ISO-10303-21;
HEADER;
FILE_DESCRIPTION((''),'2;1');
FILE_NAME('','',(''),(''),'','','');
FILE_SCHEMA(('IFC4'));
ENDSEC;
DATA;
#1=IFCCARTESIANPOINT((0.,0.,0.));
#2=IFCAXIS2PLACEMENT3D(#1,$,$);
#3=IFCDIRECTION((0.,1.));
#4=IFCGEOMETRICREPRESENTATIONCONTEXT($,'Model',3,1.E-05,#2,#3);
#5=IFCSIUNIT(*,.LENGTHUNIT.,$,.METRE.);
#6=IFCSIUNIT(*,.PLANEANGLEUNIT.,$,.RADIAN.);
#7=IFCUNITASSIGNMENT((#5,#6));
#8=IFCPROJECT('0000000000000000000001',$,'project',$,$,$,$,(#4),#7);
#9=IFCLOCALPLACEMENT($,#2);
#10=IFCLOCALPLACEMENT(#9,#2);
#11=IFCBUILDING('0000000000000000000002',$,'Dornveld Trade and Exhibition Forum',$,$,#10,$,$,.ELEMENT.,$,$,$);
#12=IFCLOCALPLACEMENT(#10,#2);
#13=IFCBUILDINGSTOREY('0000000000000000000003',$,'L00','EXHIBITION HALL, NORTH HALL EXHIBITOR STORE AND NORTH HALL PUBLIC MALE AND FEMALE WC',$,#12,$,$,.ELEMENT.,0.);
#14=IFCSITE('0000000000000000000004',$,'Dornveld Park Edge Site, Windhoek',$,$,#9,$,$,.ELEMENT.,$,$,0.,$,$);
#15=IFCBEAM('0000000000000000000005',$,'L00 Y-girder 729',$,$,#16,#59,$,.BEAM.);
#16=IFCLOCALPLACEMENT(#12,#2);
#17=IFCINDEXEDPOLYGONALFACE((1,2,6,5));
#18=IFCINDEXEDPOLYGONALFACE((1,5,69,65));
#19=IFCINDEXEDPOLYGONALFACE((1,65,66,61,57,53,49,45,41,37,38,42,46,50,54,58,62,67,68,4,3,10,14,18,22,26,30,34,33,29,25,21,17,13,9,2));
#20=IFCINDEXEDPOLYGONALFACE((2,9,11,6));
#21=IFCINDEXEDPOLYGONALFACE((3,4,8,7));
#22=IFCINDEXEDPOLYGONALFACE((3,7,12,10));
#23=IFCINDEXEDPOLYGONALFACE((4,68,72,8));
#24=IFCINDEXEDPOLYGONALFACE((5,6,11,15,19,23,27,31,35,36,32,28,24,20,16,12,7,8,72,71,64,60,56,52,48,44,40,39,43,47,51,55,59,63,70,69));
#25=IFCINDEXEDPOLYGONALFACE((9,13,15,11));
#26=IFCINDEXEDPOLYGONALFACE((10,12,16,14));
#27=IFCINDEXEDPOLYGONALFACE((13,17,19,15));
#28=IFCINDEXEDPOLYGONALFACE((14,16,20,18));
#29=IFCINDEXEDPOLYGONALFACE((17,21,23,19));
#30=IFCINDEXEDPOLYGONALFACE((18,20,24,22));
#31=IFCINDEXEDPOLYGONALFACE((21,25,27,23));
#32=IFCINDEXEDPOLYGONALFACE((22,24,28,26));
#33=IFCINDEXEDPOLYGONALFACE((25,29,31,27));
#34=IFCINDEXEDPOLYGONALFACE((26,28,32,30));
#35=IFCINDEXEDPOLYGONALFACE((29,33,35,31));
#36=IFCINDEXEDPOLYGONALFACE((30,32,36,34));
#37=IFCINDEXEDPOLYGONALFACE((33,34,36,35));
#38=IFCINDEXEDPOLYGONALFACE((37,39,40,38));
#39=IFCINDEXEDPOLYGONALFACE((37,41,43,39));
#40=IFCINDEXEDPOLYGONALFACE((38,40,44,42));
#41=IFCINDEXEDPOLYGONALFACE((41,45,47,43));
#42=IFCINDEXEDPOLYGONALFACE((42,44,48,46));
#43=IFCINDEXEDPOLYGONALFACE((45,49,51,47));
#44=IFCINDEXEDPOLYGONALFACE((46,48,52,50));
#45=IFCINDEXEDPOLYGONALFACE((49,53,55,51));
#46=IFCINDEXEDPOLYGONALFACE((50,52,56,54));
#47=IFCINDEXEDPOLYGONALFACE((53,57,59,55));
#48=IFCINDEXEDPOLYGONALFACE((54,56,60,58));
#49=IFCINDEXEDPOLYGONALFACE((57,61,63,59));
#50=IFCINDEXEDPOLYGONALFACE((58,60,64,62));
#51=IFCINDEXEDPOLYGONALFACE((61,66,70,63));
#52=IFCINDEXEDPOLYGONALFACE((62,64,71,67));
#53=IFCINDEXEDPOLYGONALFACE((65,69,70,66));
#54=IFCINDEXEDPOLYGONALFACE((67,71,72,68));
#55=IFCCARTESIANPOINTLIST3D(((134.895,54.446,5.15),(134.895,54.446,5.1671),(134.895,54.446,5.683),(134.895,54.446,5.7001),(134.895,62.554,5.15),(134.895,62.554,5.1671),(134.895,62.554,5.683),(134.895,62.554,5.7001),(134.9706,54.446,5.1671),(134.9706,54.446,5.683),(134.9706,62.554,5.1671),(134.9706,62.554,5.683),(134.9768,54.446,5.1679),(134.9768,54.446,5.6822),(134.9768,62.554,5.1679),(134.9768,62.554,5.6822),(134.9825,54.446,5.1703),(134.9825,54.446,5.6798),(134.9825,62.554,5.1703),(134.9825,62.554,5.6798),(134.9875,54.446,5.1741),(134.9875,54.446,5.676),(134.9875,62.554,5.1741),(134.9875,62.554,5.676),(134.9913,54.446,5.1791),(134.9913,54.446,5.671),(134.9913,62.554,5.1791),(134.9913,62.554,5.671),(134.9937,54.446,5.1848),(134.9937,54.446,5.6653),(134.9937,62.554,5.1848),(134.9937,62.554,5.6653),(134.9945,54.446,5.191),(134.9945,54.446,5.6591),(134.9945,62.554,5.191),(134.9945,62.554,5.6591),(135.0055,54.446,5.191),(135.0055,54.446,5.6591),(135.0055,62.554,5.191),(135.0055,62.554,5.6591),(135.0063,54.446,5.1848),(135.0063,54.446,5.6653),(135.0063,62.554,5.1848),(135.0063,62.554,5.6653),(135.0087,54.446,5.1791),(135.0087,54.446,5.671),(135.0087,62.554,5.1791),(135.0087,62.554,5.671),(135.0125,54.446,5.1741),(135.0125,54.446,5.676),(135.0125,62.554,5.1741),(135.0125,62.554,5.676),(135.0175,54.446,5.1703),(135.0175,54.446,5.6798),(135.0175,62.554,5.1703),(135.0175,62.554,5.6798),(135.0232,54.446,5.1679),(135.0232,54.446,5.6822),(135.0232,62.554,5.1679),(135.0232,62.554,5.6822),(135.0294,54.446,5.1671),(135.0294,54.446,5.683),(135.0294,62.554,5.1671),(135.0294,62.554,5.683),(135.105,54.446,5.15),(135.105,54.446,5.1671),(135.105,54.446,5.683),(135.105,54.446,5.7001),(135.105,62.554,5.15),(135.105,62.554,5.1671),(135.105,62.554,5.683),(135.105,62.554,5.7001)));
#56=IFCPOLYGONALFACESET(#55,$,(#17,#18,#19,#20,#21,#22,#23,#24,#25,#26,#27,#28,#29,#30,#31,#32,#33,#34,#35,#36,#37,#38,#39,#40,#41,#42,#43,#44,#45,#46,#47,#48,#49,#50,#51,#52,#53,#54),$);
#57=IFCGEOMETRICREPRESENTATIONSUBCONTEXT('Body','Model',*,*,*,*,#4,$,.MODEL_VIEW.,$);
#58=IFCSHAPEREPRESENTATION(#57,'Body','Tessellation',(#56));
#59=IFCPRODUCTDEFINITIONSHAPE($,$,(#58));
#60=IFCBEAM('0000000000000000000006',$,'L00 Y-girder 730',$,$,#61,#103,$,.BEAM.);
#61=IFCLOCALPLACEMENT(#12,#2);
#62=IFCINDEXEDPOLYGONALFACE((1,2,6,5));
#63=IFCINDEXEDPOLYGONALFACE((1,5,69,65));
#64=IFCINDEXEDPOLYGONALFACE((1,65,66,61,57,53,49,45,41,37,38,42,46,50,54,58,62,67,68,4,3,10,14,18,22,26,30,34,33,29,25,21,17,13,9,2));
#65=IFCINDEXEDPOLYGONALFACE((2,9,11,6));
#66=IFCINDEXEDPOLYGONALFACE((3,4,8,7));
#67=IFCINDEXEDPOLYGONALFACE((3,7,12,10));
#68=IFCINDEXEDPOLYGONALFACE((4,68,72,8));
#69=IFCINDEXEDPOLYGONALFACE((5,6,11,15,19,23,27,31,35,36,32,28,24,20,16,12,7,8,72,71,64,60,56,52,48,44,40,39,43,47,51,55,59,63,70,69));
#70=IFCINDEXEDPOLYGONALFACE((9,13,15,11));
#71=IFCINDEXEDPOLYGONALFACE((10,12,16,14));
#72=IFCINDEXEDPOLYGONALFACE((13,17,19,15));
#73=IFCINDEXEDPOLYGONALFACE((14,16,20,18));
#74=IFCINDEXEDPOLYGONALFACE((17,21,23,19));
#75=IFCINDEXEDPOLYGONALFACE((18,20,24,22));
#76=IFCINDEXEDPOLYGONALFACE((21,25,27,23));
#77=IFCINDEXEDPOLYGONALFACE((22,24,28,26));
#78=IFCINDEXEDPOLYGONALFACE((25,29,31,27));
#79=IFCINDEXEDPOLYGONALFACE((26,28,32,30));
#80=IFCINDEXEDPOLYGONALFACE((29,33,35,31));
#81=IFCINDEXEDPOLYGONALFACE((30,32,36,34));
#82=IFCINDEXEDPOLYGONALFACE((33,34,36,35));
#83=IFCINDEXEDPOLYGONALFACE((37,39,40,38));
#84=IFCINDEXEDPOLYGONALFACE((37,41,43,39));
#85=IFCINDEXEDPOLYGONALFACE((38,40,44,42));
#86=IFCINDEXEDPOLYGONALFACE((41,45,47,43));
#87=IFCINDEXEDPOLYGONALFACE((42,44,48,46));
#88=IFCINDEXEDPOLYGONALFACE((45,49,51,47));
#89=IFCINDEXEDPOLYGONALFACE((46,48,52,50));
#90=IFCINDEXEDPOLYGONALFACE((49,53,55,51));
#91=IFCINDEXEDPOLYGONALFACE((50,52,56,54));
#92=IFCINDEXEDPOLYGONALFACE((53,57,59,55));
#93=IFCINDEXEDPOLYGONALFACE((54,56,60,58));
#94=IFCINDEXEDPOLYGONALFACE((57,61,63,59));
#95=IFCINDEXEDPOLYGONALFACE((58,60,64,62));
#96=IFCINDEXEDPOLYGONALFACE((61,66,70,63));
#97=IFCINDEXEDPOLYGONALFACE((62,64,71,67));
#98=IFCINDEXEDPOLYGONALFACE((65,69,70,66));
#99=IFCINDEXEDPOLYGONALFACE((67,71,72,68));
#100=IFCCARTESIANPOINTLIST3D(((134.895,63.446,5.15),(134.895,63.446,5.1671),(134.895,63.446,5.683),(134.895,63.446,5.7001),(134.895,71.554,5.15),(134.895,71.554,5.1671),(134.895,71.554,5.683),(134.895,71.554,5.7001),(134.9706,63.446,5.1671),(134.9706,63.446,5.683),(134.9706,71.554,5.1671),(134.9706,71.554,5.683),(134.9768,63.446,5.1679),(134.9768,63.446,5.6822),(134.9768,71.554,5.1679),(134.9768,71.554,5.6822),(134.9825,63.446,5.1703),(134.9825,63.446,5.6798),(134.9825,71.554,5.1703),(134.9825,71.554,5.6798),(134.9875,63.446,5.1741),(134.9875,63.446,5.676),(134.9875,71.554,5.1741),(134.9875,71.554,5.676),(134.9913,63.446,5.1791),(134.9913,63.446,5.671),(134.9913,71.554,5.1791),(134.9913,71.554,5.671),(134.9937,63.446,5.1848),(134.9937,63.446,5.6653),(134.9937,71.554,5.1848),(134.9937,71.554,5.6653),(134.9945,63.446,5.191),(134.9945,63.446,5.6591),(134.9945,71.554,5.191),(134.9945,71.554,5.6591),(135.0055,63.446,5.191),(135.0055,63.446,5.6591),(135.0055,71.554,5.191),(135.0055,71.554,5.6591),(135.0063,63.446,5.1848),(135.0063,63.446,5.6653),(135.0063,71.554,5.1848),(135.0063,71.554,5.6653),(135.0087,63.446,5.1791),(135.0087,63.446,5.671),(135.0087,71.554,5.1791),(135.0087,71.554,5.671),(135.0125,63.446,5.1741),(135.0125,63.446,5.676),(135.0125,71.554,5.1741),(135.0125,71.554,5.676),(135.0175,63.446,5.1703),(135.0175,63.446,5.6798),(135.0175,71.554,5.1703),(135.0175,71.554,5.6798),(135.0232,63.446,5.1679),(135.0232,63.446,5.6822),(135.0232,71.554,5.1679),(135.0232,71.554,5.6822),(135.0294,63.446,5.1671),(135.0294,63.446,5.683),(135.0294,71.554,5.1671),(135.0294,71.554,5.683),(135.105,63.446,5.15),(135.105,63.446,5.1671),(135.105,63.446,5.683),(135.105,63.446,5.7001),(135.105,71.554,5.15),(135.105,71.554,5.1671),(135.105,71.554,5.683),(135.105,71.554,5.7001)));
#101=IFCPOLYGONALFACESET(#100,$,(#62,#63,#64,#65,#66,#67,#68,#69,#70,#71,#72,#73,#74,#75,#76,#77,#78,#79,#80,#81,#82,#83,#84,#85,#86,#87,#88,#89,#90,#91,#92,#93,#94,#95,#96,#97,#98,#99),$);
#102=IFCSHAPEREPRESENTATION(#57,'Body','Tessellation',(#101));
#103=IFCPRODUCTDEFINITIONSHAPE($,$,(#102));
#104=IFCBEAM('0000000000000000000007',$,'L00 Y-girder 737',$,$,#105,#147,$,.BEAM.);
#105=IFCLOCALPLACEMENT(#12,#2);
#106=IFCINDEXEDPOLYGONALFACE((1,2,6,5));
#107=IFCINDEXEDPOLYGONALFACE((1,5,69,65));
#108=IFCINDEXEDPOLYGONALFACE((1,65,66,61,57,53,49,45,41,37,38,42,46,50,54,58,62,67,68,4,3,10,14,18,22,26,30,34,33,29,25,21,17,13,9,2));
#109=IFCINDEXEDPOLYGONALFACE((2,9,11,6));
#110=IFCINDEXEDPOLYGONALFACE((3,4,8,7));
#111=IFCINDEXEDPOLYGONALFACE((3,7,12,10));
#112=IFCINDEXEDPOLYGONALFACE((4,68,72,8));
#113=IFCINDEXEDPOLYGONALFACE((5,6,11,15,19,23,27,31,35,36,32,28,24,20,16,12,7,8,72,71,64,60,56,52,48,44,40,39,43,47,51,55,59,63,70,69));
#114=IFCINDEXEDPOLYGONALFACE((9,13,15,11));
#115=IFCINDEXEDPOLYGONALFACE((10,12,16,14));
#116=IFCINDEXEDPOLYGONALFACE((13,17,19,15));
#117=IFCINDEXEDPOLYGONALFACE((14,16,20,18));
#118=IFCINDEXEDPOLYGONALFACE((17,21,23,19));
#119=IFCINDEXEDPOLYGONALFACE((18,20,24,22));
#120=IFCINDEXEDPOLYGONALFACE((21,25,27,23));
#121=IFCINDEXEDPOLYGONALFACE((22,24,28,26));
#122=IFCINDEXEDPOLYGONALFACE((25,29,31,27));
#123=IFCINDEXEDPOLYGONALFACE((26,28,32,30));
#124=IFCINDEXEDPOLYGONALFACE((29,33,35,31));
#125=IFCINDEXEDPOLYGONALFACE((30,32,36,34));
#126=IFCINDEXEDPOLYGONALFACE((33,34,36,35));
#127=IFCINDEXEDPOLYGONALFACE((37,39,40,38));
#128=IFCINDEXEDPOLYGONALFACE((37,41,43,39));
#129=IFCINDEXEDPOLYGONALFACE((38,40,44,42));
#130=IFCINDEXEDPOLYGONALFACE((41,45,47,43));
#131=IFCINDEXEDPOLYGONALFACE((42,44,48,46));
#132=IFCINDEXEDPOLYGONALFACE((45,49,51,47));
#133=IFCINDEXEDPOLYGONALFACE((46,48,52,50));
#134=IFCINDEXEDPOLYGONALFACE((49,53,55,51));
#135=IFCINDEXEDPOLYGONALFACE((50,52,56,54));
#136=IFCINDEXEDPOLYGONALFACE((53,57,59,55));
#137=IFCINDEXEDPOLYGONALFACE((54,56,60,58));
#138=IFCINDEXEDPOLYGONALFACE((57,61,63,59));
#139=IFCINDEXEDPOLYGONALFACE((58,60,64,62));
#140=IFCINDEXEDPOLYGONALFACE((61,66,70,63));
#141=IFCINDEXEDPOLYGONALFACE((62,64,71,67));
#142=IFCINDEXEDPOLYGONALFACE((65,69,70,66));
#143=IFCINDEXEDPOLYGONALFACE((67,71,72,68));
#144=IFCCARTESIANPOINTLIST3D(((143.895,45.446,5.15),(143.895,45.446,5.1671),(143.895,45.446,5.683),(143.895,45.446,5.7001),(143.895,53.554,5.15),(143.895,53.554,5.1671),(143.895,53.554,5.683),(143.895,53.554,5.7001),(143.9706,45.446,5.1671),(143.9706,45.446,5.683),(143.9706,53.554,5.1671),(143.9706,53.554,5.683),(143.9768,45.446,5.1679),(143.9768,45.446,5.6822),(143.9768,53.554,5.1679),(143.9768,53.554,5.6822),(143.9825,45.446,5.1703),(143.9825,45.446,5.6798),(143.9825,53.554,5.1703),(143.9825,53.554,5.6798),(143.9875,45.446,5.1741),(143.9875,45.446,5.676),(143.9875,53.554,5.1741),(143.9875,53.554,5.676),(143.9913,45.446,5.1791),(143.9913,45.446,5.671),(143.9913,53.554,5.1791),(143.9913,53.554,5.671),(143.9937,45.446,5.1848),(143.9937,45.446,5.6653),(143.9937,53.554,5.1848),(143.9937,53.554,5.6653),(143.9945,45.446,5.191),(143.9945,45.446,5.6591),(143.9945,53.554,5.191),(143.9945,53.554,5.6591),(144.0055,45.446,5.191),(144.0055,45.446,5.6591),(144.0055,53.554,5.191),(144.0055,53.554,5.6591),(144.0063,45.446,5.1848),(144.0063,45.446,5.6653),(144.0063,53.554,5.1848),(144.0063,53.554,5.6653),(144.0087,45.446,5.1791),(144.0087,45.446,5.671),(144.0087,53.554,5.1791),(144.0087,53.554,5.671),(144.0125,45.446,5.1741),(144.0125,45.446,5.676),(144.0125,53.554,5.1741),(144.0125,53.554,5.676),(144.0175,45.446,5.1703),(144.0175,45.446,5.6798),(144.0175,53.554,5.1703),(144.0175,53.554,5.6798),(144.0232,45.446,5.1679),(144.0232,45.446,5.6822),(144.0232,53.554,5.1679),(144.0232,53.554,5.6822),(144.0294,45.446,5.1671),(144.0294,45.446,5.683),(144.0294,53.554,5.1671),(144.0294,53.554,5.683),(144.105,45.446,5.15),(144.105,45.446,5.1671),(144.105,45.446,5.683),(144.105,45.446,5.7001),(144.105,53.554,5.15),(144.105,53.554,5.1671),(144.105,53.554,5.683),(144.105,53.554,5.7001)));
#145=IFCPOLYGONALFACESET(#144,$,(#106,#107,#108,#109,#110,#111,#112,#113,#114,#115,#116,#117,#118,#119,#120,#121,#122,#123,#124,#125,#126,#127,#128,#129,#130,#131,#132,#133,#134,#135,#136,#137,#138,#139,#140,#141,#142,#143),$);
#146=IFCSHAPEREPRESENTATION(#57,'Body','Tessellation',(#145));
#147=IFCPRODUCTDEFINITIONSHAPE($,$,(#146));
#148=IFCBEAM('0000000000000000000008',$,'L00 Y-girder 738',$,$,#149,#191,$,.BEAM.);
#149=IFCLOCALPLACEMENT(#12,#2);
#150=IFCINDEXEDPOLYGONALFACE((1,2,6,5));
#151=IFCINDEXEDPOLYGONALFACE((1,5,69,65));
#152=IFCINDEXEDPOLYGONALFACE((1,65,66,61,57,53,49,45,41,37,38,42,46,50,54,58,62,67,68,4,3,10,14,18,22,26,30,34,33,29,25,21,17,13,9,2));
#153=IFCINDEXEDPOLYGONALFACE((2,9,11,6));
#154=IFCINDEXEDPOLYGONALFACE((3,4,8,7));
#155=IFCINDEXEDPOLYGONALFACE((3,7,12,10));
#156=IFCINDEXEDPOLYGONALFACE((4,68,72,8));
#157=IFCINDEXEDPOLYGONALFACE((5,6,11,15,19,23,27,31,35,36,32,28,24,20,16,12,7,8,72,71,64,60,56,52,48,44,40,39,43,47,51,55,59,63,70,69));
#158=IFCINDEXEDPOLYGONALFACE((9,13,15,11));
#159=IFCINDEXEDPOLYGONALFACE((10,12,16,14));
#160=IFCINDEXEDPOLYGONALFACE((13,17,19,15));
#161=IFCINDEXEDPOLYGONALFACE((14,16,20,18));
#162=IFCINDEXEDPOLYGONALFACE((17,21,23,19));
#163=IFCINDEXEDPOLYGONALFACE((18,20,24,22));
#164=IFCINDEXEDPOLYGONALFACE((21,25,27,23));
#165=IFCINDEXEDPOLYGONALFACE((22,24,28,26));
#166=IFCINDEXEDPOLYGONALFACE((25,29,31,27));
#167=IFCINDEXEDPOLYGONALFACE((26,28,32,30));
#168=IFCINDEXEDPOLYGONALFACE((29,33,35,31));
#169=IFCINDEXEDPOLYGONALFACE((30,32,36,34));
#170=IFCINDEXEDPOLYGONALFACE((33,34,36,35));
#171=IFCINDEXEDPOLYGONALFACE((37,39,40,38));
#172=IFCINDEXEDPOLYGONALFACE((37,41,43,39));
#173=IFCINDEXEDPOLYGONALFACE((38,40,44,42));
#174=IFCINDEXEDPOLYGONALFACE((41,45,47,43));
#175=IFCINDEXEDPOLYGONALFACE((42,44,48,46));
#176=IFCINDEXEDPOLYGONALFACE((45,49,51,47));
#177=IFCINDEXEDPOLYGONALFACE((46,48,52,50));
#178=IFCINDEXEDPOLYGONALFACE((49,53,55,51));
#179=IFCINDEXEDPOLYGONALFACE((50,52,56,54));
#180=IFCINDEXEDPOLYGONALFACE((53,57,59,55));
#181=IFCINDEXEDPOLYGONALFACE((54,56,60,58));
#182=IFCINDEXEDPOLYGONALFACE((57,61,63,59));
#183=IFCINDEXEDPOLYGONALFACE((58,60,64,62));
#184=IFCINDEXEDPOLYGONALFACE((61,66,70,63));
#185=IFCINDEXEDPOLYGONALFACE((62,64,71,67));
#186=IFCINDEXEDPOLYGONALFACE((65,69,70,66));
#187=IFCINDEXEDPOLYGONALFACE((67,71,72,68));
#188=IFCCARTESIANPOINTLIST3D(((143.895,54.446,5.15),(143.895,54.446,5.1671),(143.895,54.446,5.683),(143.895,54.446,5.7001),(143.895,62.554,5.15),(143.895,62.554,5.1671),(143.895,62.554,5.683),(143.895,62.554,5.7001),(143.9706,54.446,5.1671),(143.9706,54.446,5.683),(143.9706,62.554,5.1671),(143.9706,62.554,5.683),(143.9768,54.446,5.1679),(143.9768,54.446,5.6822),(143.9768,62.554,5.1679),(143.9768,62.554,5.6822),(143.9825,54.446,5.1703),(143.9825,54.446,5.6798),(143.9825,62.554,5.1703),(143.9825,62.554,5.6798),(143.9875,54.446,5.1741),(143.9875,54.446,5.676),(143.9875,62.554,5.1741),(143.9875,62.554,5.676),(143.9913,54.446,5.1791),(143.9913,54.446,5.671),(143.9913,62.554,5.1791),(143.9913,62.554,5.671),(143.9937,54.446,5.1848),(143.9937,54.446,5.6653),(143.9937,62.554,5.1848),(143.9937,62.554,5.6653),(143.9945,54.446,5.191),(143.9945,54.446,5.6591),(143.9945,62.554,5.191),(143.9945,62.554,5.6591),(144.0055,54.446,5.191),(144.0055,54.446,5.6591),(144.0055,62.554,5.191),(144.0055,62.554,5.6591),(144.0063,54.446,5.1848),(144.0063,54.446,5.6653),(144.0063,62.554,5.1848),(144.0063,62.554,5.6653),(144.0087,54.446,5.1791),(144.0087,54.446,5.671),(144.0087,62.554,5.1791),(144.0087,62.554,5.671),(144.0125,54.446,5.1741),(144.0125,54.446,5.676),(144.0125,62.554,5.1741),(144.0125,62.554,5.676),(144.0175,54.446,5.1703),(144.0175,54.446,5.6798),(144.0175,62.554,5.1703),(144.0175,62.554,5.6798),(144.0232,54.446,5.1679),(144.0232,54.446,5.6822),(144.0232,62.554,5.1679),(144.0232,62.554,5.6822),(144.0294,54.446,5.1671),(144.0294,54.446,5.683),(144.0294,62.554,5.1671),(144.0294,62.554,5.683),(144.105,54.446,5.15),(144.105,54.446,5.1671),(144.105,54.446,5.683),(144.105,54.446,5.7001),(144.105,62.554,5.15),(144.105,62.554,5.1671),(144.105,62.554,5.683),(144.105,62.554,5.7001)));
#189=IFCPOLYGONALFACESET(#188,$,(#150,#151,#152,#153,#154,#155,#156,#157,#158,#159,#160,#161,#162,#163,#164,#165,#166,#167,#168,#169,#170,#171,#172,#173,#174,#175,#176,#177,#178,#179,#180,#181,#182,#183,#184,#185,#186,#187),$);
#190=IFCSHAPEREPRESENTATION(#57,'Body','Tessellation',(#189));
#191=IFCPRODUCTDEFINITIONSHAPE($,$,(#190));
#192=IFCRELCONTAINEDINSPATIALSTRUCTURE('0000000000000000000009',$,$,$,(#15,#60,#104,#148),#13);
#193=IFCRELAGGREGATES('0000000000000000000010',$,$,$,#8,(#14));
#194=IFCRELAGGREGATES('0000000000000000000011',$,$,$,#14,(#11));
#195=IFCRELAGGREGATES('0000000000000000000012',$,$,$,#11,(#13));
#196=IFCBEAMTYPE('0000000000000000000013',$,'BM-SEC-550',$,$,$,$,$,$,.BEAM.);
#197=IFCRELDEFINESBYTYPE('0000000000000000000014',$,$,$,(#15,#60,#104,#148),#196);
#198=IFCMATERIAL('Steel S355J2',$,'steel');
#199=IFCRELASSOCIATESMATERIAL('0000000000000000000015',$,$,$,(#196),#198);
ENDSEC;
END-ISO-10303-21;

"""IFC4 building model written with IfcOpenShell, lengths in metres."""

from ifc_helpers import new_model, si_unit, direction, frame, origin, origin_2d, place, context, subcontext, project, spatial, i_section, extrude, material, material_profile, profile_set, type_object, element, save


model = new_model("IFC4")

# Units and contexts
model_context = context("Model", 3, precision=1e-05, world=origin(), true_north=direction((0.0, 1.0)))
body_context = subcontext(model_context, "Body", "Model", "MODEL_VIEW")
ifc_project = project(units=[si_unit("LENGTHUNIT", "METRE"), si_unit("PLANEANGLEUNIT", "RADIAN")], contexts=[model_context])

# Site, building, storey
site_placement = place(None, origin())
site = spatial("IfcSite", under=ifc_project, at=site_placement, Name="Dornveld Park Edge Site, Windhoek", CompositionType="ELEMENT", RefElevation=0.0)
building_placement = place(site_placement, origin())
building = spatial("IfcBuilding", under=site, at=building_placement, Name="Dornveld Trade and Exhibition Forum", CompositionType="ELEMENT")
storey_placement = place(building_placement, origin())
storey = spatial("IfcBuildingStorey", under=building, at=storey_placement, Name="L00", Description="EXHIBITION HALL, NORTH HALL EXHIBITOR STORE AND NORTH HALL PUBLIC MALE AND FEMALE WC", CompositionType="ELEMENT", Elevation=0.0)

# Beams
ifc_material_1 = material(Name="Steel S355J2", Category="steel")
ifc_material_profile_1 = material_profile(ifc_material_1, i_section(OverallWidth=0.21, OverallDepth=0.55, WebThickness=0.011, FlangeThickness=0.0171, FilletRadius=0.0239, at=origin_2d()), Name="IPE 550")
ifc_profile_set_1 = profile_set([ifc_material_profile_1], Name="Steel S355J2")
beam_type_1 = type_object("IfcBeamType", Name="BM-SEC-550", PredefinedType="BEAM", material=ifc_profile_set_1)
for number, where, z_axis, x_axis, name in (
    (1, (135.0, 54.446, 5.425), (0.0, 1.0, 0.0), (-1.0, 0.0, 0.0), "L00 Y-girder 729"),
    (2, (135.0, 63.446, 5.425), (0.0, 1.0, 0.0), (-1.0, 0.0, 0.0), "L00 Y-girder 730"),
    (3, (144.0, 45.446, 5.425), (0.0, 1.0, 0.0), (-1.0, 0.0, 0.0), "L00 Y-girder 737"),
    (4, (144.0, 54.446, 5.425), (0.0, 1.0, 0.0), (-1.0, 0.0, 0.0), "L00 Y-girder 738"),
):
    element("IfcBeam", number, at=place(storey_placement, frame(where, z_axis=z_axis, x_axis=x_axis)), inside=storey, type_object=beam_type_1, Name=name, PredefinedType="BEAM", context=body_context, shape_type="SweptSolid", body=[
        extrude(i_section(OverallWidth=0.21, OverallDepth=0.55, WebThickness=0.011, FlangeThickness=0.0171, FilletRadius=0.0239, at=origin_2d()), origin(), (0.0, 0.0, 1.0), 8.1079),
    ])

save(model, "model.ifc")
